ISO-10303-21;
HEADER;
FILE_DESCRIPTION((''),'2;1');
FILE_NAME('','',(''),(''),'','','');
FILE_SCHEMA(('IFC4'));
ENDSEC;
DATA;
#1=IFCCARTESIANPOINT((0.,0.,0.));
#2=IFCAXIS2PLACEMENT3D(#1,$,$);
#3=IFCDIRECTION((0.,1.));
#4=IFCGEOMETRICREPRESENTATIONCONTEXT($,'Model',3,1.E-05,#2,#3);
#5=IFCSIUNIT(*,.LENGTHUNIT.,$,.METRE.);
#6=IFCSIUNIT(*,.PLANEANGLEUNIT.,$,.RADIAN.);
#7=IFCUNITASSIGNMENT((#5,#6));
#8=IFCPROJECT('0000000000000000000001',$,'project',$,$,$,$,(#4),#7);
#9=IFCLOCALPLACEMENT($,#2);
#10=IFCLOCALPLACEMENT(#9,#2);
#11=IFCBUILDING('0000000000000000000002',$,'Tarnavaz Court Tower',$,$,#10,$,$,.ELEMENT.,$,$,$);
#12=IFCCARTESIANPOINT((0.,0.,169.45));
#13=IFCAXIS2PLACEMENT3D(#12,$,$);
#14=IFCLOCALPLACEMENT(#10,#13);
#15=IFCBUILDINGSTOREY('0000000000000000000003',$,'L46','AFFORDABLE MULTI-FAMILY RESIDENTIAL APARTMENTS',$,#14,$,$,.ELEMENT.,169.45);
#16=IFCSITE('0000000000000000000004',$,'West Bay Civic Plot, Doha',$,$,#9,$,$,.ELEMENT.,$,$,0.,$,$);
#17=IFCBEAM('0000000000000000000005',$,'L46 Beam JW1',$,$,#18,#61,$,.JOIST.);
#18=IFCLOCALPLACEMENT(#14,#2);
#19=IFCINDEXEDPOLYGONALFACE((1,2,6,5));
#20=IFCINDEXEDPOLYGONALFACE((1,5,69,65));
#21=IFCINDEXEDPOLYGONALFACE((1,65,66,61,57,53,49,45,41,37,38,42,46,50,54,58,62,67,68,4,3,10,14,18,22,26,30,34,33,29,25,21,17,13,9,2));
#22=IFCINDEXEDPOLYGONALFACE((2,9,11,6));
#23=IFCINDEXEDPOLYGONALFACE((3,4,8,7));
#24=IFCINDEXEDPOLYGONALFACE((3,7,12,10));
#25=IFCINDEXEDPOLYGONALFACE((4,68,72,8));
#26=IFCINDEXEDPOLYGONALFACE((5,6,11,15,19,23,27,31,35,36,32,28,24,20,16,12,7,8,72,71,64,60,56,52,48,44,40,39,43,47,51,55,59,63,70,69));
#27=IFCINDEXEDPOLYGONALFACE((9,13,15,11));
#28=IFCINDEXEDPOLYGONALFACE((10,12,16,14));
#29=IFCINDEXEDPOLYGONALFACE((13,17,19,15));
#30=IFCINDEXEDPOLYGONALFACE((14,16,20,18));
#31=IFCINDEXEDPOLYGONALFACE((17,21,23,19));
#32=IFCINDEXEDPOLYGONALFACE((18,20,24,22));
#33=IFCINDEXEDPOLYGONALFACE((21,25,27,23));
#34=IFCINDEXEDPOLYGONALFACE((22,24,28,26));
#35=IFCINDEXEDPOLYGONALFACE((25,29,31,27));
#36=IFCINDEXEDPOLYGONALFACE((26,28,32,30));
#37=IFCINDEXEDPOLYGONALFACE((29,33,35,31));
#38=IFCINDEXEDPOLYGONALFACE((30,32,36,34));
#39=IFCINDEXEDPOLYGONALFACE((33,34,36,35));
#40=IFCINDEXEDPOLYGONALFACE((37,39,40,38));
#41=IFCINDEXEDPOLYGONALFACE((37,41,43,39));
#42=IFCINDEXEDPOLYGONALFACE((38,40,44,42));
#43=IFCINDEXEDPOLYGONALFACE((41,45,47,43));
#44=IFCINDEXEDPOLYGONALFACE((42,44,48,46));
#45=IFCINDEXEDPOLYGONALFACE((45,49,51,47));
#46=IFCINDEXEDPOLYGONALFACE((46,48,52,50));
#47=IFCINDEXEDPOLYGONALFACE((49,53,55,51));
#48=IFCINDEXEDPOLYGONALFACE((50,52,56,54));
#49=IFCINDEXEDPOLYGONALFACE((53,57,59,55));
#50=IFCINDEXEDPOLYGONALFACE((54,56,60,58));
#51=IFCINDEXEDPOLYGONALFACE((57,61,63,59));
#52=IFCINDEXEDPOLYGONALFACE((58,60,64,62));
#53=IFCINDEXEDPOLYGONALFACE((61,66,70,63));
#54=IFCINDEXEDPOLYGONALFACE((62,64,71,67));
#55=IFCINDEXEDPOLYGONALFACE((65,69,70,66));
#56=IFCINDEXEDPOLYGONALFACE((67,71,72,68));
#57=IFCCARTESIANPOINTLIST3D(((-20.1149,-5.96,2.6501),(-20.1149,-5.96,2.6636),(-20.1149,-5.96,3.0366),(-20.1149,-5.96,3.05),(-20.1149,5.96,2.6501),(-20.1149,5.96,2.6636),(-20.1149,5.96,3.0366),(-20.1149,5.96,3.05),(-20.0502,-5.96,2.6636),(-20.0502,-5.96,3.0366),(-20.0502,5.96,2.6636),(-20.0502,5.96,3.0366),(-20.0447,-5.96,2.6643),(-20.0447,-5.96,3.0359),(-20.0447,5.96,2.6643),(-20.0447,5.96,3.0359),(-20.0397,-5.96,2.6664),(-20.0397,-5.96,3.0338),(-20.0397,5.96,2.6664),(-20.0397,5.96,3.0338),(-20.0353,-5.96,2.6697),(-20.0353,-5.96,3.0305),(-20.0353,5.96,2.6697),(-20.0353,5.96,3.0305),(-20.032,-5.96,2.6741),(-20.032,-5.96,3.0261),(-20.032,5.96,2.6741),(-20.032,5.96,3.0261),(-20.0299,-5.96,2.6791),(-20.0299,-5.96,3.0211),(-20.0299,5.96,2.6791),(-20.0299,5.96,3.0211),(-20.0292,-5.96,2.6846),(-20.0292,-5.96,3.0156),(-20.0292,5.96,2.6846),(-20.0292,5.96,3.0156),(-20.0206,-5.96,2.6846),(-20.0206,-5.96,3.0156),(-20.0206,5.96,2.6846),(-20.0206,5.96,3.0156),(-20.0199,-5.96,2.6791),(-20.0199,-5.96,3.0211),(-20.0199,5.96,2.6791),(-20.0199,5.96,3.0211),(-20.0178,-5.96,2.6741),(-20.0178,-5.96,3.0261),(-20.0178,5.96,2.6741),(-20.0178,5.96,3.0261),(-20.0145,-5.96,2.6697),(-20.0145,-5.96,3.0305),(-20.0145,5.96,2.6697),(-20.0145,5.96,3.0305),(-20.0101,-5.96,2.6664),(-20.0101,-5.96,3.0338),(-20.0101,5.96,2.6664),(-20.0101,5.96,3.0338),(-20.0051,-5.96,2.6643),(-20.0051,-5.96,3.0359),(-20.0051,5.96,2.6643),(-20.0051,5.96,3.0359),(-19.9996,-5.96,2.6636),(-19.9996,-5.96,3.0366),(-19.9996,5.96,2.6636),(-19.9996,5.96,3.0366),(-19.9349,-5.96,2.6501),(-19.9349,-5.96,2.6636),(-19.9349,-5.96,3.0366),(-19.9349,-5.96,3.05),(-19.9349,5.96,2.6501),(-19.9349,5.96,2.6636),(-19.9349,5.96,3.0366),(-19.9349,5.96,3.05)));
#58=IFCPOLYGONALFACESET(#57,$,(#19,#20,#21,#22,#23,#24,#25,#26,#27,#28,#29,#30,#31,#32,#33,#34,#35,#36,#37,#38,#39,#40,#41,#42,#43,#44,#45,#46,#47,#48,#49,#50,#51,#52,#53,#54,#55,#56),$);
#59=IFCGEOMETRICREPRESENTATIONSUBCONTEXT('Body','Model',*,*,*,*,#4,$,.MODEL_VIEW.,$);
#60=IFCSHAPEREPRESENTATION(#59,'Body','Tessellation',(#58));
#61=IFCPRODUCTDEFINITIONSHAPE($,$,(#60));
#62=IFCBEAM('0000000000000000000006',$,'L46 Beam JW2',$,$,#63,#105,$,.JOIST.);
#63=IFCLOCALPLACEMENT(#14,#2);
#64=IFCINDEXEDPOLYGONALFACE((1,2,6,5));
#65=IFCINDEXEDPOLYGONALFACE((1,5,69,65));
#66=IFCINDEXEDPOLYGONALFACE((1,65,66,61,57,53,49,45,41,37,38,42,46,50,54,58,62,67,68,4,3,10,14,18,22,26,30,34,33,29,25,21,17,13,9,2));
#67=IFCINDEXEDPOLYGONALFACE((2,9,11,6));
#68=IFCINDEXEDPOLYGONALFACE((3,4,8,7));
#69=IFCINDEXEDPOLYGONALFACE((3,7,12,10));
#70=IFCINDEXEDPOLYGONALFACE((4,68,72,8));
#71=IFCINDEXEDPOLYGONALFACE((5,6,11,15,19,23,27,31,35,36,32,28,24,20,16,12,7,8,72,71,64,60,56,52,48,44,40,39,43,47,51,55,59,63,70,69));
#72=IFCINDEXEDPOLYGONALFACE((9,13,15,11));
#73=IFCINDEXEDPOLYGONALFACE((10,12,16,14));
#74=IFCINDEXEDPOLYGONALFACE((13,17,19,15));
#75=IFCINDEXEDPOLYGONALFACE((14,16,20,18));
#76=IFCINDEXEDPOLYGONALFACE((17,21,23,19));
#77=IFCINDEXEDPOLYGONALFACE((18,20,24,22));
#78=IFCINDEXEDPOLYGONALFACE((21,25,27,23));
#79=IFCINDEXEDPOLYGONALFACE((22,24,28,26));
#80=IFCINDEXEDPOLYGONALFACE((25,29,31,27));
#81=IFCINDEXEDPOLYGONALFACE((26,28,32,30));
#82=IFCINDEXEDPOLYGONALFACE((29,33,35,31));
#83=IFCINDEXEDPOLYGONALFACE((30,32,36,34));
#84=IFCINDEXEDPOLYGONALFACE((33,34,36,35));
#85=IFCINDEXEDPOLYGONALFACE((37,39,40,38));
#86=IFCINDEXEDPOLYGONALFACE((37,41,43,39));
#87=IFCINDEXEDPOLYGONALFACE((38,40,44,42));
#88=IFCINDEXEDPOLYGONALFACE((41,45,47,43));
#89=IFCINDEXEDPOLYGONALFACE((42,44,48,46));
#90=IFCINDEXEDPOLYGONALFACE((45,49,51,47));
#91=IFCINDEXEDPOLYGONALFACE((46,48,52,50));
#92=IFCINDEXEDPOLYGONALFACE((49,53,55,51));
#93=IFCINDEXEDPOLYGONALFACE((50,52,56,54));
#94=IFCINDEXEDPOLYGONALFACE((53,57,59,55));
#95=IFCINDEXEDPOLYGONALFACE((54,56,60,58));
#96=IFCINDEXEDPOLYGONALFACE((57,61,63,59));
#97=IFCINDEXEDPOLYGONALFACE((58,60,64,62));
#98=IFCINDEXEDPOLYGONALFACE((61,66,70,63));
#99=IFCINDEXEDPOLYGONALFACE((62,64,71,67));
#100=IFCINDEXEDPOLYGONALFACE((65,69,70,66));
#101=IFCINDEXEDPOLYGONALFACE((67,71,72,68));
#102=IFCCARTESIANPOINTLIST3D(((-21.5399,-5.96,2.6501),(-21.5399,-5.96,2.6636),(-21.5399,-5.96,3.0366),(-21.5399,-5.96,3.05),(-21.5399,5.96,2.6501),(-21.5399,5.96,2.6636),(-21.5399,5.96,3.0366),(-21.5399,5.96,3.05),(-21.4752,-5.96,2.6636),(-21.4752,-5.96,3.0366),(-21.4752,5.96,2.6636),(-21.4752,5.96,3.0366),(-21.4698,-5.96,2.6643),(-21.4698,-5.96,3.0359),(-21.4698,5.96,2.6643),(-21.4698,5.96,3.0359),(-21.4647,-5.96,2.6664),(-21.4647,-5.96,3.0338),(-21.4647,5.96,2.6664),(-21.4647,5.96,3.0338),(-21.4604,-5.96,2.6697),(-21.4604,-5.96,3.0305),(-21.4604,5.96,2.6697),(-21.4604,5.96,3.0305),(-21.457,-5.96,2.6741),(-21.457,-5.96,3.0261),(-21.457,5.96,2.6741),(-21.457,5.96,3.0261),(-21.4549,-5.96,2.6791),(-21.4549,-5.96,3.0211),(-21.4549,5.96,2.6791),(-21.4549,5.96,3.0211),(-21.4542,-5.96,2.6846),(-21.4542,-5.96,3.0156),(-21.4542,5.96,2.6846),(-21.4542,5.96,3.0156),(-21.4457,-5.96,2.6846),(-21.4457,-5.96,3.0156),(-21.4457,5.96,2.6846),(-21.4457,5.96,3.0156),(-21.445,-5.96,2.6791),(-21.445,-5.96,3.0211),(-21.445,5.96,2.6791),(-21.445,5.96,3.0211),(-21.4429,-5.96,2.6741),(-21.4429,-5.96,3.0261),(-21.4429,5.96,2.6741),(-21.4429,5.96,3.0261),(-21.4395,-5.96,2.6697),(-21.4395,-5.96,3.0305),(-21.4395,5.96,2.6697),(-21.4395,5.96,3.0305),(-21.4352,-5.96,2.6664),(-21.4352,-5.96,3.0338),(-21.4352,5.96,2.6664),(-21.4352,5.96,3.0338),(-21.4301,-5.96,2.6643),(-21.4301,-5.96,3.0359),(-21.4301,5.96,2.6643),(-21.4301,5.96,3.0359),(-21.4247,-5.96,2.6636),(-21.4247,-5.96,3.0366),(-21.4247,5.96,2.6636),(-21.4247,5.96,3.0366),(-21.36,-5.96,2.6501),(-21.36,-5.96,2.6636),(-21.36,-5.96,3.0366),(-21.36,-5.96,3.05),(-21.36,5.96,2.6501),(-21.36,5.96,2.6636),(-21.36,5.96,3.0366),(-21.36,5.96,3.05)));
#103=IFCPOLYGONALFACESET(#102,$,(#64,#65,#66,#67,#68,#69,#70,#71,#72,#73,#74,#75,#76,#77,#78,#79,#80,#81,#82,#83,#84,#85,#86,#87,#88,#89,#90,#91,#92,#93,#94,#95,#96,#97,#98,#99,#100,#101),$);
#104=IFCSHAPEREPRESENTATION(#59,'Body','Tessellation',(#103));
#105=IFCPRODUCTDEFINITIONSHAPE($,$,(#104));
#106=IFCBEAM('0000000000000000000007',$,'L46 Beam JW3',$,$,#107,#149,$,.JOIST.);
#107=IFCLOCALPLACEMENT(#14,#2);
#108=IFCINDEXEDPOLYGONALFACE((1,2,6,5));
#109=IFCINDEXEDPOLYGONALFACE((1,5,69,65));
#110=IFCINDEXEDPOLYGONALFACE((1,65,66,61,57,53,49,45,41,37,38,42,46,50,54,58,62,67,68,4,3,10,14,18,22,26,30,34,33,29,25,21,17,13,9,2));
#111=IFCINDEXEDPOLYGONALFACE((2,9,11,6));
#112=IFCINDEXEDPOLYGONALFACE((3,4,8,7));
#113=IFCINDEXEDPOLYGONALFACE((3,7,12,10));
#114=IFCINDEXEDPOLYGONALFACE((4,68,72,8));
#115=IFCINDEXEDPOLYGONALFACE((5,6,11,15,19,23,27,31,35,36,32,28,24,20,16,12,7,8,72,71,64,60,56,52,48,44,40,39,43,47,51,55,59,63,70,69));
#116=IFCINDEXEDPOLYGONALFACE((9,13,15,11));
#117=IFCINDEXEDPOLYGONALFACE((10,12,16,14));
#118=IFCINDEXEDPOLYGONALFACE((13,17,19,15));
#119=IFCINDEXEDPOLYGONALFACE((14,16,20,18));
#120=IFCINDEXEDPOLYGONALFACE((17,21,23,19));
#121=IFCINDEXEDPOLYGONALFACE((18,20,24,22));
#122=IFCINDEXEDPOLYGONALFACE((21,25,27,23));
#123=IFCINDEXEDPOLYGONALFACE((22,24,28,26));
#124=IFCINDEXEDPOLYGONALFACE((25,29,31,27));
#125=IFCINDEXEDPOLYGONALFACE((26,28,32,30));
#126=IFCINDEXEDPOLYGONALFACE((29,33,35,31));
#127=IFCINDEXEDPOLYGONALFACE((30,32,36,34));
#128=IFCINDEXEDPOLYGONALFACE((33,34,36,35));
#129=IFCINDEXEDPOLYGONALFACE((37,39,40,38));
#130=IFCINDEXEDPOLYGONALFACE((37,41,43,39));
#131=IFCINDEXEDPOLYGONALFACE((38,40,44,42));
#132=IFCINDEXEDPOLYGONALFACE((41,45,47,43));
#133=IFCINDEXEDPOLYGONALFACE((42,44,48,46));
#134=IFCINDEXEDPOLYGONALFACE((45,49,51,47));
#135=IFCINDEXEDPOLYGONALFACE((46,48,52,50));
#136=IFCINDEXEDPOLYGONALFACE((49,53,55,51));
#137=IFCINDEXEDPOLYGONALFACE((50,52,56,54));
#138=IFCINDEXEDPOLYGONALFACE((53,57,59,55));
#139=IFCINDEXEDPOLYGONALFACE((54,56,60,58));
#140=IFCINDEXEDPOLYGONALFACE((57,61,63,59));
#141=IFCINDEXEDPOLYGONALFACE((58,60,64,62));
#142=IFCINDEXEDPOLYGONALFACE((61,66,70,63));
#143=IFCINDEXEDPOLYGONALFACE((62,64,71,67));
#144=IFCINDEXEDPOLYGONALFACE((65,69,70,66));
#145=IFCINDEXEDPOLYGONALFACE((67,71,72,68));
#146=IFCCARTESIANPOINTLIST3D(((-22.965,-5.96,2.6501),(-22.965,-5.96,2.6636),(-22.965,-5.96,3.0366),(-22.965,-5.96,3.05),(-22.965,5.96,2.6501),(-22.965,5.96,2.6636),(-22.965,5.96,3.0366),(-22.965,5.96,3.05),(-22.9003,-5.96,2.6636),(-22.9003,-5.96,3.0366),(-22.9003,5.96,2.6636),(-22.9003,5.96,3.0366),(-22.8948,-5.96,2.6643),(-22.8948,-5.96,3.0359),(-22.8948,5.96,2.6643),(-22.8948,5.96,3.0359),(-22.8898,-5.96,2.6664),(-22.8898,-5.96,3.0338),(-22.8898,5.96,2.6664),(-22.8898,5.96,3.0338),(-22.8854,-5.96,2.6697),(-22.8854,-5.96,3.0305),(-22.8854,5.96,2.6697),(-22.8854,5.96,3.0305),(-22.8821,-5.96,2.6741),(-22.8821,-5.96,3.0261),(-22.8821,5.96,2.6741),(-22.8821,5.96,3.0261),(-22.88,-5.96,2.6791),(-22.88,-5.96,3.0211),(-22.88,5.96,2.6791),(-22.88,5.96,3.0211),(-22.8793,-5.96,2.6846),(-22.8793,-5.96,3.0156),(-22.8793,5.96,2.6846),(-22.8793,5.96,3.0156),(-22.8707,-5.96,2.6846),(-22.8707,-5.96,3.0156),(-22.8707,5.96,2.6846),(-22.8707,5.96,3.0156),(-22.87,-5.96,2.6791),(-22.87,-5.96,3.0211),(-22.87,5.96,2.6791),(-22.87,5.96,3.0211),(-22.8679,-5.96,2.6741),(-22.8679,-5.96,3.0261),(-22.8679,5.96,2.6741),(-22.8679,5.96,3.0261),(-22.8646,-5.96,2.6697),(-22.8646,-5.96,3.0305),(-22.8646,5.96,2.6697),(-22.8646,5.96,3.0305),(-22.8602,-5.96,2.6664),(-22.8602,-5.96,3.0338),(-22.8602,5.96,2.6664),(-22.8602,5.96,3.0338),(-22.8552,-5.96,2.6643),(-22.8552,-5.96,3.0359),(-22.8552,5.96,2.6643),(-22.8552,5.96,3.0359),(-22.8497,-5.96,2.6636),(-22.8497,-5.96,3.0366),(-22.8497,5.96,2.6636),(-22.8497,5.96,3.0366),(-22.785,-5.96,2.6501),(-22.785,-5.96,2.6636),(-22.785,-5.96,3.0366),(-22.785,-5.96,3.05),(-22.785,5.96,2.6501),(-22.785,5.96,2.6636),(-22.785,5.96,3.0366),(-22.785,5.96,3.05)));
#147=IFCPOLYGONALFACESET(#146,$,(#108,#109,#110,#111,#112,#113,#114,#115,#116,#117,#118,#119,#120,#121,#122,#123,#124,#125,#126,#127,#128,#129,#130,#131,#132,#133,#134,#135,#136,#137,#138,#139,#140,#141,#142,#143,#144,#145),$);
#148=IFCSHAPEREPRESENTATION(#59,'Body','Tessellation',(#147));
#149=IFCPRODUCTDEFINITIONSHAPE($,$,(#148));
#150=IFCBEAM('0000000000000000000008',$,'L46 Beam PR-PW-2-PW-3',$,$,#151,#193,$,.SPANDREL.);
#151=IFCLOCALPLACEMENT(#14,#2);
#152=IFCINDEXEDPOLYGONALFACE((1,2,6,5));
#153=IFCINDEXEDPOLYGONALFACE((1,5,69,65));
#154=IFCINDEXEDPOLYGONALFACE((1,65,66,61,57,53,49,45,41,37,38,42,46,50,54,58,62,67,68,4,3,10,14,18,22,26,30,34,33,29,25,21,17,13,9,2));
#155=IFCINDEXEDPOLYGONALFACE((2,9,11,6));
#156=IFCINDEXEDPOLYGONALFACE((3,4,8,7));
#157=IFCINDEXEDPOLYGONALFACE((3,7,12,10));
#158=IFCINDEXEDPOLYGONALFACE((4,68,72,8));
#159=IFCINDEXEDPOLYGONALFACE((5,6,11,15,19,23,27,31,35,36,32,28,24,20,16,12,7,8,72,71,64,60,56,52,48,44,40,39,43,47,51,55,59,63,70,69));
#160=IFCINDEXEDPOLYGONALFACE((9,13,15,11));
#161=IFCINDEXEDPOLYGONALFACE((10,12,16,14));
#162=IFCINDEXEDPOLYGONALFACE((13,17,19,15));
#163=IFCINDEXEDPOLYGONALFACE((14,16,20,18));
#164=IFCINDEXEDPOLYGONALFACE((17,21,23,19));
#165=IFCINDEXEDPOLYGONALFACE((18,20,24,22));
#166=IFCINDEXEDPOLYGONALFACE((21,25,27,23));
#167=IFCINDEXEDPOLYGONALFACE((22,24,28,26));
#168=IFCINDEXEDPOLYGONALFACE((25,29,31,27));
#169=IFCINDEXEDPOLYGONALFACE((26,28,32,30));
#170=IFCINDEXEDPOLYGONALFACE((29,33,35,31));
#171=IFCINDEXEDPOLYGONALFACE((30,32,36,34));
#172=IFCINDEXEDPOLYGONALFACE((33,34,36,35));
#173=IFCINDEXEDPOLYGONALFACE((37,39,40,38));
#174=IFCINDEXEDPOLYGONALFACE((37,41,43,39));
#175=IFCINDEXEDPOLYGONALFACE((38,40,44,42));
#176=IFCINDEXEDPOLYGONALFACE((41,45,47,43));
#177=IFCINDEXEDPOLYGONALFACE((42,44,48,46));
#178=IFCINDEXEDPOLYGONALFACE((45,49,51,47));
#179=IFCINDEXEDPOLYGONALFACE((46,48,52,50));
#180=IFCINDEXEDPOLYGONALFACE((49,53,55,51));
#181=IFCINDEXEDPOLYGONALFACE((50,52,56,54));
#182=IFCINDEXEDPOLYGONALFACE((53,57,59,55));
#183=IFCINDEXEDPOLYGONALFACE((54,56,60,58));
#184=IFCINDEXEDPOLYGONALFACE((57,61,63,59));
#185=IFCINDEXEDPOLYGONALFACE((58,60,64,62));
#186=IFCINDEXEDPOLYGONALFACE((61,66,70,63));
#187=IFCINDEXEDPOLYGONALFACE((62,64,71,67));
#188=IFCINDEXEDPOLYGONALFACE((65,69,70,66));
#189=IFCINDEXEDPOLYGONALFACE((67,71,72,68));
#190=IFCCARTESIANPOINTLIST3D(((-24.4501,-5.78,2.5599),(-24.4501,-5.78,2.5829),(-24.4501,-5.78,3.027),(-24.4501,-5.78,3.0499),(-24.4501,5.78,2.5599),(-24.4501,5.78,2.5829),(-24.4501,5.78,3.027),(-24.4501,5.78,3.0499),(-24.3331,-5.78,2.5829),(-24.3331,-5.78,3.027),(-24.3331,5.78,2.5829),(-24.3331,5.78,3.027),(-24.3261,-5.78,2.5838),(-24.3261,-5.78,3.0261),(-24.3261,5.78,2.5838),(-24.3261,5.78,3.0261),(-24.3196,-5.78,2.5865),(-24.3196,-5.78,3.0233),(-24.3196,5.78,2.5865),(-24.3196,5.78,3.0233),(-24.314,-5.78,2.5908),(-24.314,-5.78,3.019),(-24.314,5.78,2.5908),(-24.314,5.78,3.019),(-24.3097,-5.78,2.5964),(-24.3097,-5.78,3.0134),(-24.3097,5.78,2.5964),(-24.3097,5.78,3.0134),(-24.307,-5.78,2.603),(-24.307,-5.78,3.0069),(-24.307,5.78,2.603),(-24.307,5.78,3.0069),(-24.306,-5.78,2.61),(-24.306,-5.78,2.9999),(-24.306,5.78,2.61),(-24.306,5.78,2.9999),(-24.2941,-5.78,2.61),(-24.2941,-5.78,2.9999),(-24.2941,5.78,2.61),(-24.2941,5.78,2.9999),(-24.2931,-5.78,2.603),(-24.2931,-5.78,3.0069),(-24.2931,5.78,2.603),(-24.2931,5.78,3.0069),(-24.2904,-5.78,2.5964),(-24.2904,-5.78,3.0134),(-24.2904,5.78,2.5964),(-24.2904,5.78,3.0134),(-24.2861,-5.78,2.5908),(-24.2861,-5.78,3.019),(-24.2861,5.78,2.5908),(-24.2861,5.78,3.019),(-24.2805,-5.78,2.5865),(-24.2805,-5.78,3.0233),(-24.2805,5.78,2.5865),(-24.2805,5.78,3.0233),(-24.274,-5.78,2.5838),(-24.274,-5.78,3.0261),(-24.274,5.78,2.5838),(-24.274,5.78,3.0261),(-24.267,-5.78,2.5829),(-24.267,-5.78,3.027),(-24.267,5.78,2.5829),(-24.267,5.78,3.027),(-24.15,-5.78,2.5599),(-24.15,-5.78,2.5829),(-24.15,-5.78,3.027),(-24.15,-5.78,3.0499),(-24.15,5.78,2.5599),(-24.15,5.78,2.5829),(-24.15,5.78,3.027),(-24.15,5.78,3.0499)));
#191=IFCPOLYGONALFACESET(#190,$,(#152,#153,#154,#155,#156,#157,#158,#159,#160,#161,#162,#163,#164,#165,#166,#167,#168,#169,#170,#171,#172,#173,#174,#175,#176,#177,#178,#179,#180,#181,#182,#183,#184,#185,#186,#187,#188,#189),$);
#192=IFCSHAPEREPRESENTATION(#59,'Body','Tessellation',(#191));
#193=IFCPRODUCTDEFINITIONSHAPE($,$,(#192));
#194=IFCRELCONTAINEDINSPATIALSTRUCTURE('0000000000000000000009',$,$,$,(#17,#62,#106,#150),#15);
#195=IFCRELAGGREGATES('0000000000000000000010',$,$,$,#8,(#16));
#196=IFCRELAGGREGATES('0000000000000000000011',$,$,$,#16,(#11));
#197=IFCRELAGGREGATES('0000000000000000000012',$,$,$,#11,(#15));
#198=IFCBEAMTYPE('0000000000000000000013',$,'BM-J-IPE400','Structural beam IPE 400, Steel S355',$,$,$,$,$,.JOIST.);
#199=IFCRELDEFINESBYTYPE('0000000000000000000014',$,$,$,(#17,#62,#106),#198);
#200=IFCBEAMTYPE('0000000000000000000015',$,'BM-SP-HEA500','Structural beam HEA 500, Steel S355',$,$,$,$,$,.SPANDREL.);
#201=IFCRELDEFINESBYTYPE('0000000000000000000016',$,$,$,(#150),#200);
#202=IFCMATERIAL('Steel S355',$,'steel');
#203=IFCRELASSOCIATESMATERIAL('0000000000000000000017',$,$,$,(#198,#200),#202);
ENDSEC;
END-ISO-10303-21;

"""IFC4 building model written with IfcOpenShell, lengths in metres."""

from ifc_helpers import new_model, si_unit, direction, frame, origin, origin_2d, place, context, subcontext, project, spatial, i_section, extrude, material, material_profile, profile_set, type_object, element, save


model = new_model("IFC4")

# Units and contexts
model_context = context("Model", 3, precision=1e-05, world=origin(), true_north=direction((0.0, 1.0)))
body_context = subcontext(model_context, "Body", "Model", "MODEL_VIEW")
ifc_project = project(units=[si_unit("LENGTHUNIT", "METRE"), si_unit("PLANEANGLEUNIT", "RADIAN")], contexts=[model_context])

# Site, building, storey
site_placement = place(None, origin())
site = spatial("IfcSite", under=ifc_project, at=site_placement, Name="West Bay Civic Plot, Doha", CompositionType="ELEMENT", RefElevation=0.0)
building_placement = place(site_placement, origin())
building = spatial("IfcBuilding", under=site, at=building_placement, Name="Tarnavaz Court Tower", CompositionType="ELEMENT")
storey_placement = place(building_placement, frame((0.0, 0.0, 169.45)))
storey = spatial("IfcBuildingStorey", under=building, at=storey_placement, Name="L46", Description="AFFORDABLE MULTI-FAMILY RESIDENTIAL APARTMENTS", CompositionType="ELEMENT", Elevation=169.45)

# Beams
ifc_material_1 = material(Name="Steel S355", Category="steel")
ifc_material_profile_1 = material_profile(ifc_material_1, i_section(OverallWidth=0.1799, OverallDepth=0.3999, WebThickness=0.0085, FlangeThickness=0.0134, FilletRadius=0.021, at=origin_2d()), Name="IPE 400")
ifc_profile_set_1 = profile_set([ifc_material_profile_1], Name="Steel S355")
beam_type_1 = type_object("IfcBeamType", Name="BM-J-IPE400", Description="Structural beam IPE 400, Steel S355", PredefinedType="JOIST", material=ifc_profile_set_1)
for number, where, z_axis, x_axis, name in (
    (1, (-20.0249, -5.96, 2.8501), (0.0, 1.0, 0.0), (-1.0, 0.0, 0.0), "L46 Beam JW1"),
    (2, (-21.45, -5.96, 2.8501), (0.0, 1.0, 0.0), (-1.0, 0.0, 0.0), "L46 Beam JW2"),
    (3, (-22.875, -5.96, 2.8501), (0.0, 1.0, 0.0), (-1.0, 0.0, 0.0), "L46 Beam JW3"),
):
    element("IfcBeam", number, at=place(storey_placement, frame(where, z_axis=z_axis, x_axis=x_axis)), inside=storey, type_object=beam_type_1, Name=name, PredefinedType="JOIST", context=body_context, shape_type="SweptSolid", body=[
        extrude(i_section(OverallWidth=0.1799, OverallDepth=0.3999, WebThickness=0.0085, FlangeThickness=0.0134, FilletRadius=0.021, at=origin_2d()), origin(), (0.0, 0.0, 1.0), 11.9199),
    ])
ifc_material_profile_2 = material_profile(ifc_material_1, i_section(OverallWidth=0.3, OverallDepth=0.49, WebThickness=0.012, FlangeThickness=0.0229, FilletRadius=0.0271, at=origin_2d()), Name="HEA 500")
ifc_profile_set_2 = profile_set([ifc_material_profile_2], Name="Steel S355")
beam_type_2 = type_object("IfcBeamType", Name="BM-SP-HEA500", Description="Structural beam HEA 500, Steel S355", PredefinedType="SPANDREL", material=ifc_profile_set_2)
beam_1_placement = place(storey_placement, frame((-24.3, -5.78, 2.8049), z_axis=(0.0, 1.0, 0.0), x_axis=(-1.0, 0.0, 0.0)))
element("IfcBeam", 4, at=beam_1_placement, inside=storey, type_object=beam_type_2, Name="L46 Beam PR-PW-2-PW-3", PredefinedType="SPANDREL", context=body_context, shape_type="SweptSolid", body=[
    extrude(i_section(OverallWidth=0.3, OverallDepth=0.49, WebThickness=0.012, FlangeThickness=0.0229, FilletRadius=0.0271, at=origin_2d()), origin(), (0.0, 0.0, 1.0), 11.5601),
])

save(model, "model.ifc")
